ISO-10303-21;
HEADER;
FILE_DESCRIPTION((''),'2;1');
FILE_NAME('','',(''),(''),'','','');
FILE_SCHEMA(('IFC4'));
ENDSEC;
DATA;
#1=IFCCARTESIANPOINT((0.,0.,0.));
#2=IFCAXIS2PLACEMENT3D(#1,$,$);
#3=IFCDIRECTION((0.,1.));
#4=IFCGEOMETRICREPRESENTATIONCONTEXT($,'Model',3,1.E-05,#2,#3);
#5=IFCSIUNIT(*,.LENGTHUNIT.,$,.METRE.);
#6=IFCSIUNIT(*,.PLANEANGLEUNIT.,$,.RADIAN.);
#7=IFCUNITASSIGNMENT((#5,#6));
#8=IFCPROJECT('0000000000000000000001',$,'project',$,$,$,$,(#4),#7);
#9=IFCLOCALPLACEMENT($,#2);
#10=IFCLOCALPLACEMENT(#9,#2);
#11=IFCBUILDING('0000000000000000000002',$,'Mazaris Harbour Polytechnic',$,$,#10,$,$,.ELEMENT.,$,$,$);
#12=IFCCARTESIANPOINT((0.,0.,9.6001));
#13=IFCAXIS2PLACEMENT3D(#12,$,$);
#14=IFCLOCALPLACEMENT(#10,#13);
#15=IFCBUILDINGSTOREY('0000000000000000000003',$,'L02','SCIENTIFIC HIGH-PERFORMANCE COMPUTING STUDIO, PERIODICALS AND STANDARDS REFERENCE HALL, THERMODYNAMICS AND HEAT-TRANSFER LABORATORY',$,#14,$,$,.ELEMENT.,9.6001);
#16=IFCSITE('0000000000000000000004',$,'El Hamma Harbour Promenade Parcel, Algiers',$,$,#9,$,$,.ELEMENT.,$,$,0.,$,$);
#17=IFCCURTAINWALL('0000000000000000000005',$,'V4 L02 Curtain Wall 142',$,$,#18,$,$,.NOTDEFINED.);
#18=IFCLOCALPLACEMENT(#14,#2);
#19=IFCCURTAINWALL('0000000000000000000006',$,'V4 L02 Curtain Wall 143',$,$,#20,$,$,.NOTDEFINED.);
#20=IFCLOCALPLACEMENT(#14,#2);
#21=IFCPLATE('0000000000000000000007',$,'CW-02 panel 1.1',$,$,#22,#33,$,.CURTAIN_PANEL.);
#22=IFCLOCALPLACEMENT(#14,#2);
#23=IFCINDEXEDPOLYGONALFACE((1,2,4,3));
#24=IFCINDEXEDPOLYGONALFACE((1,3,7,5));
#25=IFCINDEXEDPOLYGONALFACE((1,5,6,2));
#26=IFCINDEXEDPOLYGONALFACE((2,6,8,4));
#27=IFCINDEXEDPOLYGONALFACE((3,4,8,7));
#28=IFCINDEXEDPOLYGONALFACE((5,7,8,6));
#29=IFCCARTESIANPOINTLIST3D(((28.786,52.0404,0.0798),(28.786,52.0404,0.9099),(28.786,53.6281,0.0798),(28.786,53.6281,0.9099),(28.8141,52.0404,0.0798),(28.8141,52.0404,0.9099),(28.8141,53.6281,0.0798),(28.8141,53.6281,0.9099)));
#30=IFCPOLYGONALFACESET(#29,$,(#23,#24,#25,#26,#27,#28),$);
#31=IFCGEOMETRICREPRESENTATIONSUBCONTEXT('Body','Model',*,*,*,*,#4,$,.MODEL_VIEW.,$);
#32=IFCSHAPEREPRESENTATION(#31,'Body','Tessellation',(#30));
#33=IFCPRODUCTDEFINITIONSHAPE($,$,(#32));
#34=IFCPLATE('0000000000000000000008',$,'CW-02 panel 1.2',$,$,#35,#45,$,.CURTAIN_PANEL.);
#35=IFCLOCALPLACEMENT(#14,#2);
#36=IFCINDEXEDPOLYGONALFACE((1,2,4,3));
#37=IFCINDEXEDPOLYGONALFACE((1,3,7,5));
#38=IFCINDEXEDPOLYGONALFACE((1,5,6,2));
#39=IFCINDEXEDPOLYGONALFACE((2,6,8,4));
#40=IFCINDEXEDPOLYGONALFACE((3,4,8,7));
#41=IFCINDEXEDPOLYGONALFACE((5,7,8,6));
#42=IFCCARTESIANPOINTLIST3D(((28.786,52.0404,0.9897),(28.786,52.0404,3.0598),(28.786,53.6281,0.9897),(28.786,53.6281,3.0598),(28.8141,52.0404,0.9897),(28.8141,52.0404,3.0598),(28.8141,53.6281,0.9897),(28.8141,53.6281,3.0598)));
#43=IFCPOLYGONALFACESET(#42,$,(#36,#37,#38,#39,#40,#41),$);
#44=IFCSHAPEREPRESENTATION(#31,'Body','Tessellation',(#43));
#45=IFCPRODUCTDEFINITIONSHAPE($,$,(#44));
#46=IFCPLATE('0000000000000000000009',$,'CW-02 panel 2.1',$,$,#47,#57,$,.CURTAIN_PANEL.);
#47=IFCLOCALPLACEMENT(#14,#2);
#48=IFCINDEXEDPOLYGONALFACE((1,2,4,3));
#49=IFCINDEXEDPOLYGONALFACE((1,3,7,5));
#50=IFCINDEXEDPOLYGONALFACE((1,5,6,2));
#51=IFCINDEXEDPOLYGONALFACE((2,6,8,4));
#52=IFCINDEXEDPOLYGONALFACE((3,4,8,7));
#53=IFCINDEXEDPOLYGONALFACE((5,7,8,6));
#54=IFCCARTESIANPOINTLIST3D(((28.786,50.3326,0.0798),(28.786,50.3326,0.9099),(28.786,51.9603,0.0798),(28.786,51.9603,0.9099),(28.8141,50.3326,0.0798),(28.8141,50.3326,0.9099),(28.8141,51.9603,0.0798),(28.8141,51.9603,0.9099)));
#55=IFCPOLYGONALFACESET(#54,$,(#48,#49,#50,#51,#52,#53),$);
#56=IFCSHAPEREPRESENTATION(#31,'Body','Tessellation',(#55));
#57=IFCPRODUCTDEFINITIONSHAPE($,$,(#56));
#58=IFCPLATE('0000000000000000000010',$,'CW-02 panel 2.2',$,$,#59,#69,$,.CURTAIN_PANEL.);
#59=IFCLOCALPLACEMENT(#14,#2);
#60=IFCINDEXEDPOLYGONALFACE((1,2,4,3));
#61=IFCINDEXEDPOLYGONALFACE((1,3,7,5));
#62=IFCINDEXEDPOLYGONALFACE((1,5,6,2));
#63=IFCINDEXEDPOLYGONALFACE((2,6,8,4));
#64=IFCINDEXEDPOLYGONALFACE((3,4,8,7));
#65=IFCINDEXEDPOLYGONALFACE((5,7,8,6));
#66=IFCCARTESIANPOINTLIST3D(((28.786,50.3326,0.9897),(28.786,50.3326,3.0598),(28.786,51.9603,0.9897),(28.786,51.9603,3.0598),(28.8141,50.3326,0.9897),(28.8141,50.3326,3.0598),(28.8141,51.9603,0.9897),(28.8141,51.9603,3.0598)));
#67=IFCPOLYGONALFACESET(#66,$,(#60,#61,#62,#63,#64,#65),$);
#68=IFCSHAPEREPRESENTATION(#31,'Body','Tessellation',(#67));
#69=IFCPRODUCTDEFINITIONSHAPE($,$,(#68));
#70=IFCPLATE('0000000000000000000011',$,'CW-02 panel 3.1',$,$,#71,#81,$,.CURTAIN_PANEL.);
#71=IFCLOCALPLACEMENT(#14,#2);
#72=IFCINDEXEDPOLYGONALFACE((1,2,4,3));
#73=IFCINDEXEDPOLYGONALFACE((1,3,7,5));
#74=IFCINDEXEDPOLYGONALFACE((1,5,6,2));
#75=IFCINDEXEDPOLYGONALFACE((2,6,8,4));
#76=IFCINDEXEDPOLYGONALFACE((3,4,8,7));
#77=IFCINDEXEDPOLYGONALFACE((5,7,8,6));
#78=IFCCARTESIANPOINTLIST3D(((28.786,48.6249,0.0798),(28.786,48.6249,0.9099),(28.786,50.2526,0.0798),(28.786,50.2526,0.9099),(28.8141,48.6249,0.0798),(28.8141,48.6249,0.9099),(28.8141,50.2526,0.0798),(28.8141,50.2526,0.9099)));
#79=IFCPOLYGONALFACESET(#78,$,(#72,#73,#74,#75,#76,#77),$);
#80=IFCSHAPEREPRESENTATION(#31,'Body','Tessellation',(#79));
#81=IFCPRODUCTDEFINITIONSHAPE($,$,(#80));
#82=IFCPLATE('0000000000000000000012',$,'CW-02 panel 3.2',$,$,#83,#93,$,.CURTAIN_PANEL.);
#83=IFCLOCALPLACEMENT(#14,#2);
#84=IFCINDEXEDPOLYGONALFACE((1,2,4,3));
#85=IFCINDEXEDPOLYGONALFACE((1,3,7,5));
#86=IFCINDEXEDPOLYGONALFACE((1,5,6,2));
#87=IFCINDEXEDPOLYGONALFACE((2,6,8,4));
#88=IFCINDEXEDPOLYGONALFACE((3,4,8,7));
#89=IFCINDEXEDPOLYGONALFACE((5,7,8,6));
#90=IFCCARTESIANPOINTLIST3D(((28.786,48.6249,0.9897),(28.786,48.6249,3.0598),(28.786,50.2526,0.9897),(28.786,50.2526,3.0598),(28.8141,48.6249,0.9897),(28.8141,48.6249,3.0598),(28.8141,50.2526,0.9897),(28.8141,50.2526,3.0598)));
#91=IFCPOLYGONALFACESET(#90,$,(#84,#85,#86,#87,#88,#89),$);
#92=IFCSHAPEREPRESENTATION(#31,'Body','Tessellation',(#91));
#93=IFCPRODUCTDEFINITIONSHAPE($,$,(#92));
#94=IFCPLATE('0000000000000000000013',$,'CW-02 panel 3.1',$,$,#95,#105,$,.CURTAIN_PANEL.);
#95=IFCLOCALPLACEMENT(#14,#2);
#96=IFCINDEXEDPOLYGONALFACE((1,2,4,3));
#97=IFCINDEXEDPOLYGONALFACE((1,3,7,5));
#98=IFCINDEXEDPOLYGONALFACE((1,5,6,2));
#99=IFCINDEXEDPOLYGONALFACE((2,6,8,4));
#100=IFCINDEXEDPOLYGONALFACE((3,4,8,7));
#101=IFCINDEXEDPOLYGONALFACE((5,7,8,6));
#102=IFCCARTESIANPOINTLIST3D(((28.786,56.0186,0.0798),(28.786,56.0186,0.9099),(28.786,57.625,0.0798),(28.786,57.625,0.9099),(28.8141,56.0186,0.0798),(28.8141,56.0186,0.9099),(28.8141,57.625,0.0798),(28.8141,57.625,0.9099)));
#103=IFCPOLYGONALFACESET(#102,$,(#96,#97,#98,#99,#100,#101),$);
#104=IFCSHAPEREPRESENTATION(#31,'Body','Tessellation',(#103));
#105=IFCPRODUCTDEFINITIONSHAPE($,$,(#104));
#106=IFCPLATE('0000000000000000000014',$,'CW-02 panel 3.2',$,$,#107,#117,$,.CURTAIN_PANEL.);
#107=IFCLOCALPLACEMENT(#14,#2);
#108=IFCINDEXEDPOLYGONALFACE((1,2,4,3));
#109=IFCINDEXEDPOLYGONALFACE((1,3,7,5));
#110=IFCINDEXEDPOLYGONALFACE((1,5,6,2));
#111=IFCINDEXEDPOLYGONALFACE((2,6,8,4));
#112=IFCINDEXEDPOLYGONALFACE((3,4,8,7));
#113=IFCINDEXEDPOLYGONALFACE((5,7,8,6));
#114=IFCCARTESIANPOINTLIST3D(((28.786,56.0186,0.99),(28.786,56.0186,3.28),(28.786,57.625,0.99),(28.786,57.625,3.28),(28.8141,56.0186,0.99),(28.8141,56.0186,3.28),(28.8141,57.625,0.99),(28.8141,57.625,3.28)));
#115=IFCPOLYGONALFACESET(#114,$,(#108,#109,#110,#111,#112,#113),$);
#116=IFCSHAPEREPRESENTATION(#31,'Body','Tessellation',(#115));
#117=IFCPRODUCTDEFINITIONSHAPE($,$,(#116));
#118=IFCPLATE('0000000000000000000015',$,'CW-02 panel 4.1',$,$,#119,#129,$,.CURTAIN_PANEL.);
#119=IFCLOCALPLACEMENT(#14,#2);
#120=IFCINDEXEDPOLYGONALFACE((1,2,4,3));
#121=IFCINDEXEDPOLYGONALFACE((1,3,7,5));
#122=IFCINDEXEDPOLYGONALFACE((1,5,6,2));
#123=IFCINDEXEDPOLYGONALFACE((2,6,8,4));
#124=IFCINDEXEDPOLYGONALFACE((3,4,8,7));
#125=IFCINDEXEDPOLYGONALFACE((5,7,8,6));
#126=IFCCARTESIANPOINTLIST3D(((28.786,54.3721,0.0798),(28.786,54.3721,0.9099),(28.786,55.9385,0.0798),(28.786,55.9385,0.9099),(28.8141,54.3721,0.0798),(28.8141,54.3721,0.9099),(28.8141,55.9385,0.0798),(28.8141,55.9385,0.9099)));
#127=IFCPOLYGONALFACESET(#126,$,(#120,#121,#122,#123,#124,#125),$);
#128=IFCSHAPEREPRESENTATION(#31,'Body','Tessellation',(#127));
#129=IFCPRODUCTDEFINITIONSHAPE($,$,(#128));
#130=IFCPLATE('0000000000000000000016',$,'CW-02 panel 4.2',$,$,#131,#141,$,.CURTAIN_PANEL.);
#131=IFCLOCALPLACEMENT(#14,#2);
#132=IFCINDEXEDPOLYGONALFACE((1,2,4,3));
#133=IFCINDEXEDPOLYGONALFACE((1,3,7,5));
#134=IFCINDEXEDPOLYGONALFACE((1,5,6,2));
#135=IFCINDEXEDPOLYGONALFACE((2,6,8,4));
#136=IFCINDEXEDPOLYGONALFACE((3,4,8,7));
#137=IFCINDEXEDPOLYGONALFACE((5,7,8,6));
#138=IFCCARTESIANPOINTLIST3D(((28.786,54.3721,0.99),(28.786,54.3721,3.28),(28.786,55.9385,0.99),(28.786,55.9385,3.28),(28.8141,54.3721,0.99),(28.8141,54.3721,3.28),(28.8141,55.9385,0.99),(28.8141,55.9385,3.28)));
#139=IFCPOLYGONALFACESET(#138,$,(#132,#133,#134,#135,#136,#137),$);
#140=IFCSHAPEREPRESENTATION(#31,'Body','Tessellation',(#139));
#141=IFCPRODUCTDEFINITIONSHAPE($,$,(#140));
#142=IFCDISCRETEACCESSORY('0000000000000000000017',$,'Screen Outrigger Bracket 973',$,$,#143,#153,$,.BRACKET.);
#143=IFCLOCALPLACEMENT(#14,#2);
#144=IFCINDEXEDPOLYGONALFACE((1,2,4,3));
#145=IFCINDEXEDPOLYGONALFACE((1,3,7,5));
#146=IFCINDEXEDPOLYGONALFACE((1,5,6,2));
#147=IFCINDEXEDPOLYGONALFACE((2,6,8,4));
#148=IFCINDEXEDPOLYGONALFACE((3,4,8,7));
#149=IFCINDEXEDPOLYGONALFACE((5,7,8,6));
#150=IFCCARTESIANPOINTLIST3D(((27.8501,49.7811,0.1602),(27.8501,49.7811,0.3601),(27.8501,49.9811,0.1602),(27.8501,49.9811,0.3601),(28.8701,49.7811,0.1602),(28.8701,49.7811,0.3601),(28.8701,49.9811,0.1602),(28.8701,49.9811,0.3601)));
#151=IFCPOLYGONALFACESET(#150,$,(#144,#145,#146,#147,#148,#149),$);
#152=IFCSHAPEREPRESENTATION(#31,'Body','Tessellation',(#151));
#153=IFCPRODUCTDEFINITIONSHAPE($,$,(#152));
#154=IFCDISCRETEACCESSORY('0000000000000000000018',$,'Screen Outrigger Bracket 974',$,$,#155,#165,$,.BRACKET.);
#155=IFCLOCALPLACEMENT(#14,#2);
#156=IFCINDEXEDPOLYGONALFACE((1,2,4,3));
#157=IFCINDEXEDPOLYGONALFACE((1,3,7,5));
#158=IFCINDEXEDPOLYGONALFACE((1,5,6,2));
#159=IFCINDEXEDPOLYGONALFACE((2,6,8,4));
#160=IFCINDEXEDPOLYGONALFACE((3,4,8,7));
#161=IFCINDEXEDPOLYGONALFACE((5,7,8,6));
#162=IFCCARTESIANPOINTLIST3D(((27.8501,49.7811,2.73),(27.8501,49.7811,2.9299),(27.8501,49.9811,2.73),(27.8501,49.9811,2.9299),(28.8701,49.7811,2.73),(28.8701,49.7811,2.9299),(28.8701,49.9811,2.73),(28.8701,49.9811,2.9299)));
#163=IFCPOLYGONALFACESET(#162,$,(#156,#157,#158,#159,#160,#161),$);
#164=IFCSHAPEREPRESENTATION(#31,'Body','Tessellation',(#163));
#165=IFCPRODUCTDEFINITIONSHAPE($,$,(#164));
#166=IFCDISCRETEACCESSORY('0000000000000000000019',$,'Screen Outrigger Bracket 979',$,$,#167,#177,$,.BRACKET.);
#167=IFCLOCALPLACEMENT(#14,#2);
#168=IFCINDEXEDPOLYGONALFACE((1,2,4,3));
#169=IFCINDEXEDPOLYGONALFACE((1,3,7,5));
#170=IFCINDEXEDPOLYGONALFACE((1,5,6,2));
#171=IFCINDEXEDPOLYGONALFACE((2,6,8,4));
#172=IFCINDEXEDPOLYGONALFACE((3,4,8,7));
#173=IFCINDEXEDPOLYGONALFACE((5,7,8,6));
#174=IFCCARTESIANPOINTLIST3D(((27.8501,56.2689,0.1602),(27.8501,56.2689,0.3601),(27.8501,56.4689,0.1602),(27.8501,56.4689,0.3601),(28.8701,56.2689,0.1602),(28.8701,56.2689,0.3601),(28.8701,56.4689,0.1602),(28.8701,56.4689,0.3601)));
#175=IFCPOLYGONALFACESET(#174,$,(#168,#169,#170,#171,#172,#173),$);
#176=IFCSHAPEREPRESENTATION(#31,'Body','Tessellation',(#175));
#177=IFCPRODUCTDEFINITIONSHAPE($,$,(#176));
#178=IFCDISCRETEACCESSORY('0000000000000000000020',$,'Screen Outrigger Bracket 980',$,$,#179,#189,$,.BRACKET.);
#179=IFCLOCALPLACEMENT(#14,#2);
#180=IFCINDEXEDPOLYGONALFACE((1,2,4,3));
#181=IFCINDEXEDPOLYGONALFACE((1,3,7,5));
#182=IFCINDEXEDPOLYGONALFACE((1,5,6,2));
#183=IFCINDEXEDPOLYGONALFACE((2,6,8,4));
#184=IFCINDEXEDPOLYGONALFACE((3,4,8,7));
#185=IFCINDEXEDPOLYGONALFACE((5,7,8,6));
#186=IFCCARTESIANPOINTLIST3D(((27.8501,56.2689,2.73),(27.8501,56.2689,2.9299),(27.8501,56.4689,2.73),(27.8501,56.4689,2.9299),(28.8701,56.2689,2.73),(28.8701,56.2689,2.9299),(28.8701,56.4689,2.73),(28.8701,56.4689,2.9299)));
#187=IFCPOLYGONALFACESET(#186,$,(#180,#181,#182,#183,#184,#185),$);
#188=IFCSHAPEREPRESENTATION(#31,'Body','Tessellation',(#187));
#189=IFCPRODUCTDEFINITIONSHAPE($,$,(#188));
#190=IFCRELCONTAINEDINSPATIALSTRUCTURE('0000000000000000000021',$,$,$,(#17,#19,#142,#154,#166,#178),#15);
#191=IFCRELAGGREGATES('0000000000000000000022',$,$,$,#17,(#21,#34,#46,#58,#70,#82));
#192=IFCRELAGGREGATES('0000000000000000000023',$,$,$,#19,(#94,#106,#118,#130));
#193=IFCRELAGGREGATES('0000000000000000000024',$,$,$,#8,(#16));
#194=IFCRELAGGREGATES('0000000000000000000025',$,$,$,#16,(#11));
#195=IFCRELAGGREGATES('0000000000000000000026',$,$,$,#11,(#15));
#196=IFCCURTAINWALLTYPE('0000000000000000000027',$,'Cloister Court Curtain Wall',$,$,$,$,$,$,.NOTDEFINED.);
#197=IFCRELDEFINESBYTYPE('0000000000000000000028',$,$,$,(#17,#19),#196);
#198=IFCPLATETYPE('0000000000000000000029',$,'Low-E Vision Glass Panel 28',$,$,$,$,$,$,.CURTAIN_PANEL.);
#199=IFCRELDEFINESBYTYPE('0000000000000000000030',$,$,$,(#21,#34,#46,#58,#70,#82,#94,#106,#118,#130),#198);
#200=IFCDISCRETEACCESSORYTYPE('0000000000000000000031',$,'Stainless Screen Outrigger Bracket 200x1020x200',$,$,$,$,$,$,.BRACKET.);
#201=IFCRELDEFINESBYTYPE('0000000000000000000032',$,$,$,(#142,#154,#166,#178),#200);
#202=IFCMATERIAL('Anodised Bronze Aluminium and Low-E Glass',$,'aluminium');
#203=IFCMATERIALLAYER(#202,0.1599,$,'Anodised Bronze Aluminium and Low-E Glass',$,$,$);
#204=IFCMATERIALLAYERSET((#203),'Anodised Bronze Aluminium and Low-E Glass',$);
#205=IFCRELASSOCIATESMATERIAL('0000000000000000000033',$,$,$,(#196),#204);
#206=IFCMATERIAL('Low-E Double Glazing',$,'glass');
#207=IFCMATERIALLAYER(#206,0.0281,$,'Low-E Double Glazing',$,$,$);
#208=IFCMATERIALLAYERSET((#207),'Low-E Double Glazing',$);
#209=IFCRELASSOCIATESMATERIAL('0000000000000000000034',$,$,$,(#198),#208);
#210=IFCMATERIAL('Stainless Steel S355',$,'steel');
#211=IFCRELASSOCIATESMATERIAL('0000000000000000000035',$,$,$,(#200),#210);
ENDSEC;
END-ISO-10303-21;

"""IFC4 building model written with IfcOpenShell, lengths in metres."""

from ifc_helpers import new_model, si_unit, direction, frame, origin, origin_2d, place, context, subcontext, project, spatial, rectangle, extrude, material, layer, layer_set, type_object, element, aggregate, save


model = new_model("IFC4")

# Units and contexts
model_context = context("Model", 3, precision=1e-05, world=origin(), true_north=direction((0.0, 1.0)))
body_context = subcontext(model_context, "Body", "Model", "MODEL_VIEW")
ifc_project = project(units=[si_unit("LENGTHUNIT", "METRE"), si_unit("PLANEANGLEUNIT", "RADIAN")], contexts=[model_context])

# Site, building, storey
site_placement = place(None, origin())
site = spatial("IfcSite", under=ifc_project, at=site_placement, Name="El Hamma Harbour Promenade Parcel, Algiers", CompositionType="ELEMENT", RefElevation=0.0)
building_placement = place(site_placement, origin())
building = spatial("IfcBuilding", under=site, at=building_placement, Name="Mazaris Harbour Polytechnic", CompositionType="ELEMENT")
storey_placement = place(building_placement, frame((0.0, 0.0, 9.6001)))
storey = spatial("IfcBuildingStorey", under=building, at=storey_placement, Name="L02", Description="SCIENTIFIC HIGH-PERFORMANCE COMPUTING STUDIO, PERIODICALS AND STANDARDS REFERENCE HALL, THERMODYNAMICS AND HEAT-TRANSFER LABORATORY", CompositionType="ELEMENT", Elevation=9.6001)

# Curtain walls
ifc_material_1 = material(Name="Anodised Bronze Aluminium and Low-E Glass", Category="aluminium")
ifc_layer_1 = layer(ifc_material_1, 0.1599, Name="Anodised Bronze Aluminium and Low-E Glass")
ifc_layer_set_1 = layer_set([ifc_layer_1], Name="Anodised Bronze Aluminium and Low-E Glass")
curtain_wall_type = type_object("IfcCurtainWallType", Name="Cloister Court Curtain Wall", PredefinedType="NOTDEFINED", material=ifc_layer_set_1)
curtain_wall_1_placement = place(storey_placement, origin())
curtain_wall_1 = element("IfcCurtainWall", 1, at=curtain_wall_1_placement, inside=storey, type_object=curtain_wall_type, Name="V4 L02 Curtain Wall 142", PredefinedType="NOTDEFINED")
curtain_wall_2_placement = place(storey_placement, origin())
curtain_wall_2 = element("IfcCurtainWall", 2, at=curtain_wall_2_placement, inside=storey, type_object=curtain_wall_type, Name="V4 L02 Curtain Wall 143", PredefinedType="NOTDEFINED")

# Plates
ifc_material_2 = material(Name="Low-E Double Glazing", Category="glass")
ifc_layer_2 = layer(ifc_material_2, 0.0281, Name="Low-E Double Glazing")
ifc_layer_set_2 = layer_set([ifc_layer_2], Name="Low-E Double Glazing")
plate_type = type_object("IfcPlateType", Name="Low-E Vision Glass Panel 28", PredefinedType="CURTAIN_PANEL", material=ifc_layer_set_2)
plate_1_placement = place(storey_placement, frame((28.8, 52.8342, 0.0798), z_axis=(0.0, 0.0, 1.0), x_axis=(0.0, -1.0, 0.0)))
plate_1 = element("IfcPlate", 3, at=plate_1_placement, type_object=plate_type, Name="CW-02 panel 1.1", PredefinedType="CURTAIN_PANEL", context=body_context, shape_type="SweptSolid", body=[
    extrude(rectangle(XDim=1.5876, YDim=0.0281, at=origin_2d()), origin(), (0.0, 0.0, 1.0), 0.8301),
])
plate_2_placement = place(storey_placement, frame((28.8, 52.8342, 0.9897), z_axis=(0.0, 0.0, 1.0), x_axis=(0.0, -1.0, 0.0)))
plate_2 = element("IfcPlate", 4, at=plate_2_placement, type_object=plate_type, Name="CW-02 panel 1.2", PredefinedType="CURTAIN_PANEL", context=body_context, shape_type="SweptSolid", body=[
    extrude(rectangle(XDim=1.5876, YDim=0.0281, at=origin_2d()), origin(), (0.0, 0.0, 1.0), 2.0701),
])
plate_3_placement = place(storey_placement, frame((28.8, 51.1465, 0.0798), z_axis=(0.0, 0.0, 1.0), x_axis=(0.0, -1.0, 0.0)))
plate_3 = element("IfcPlate", 5, at=plate_3_placement, type_object=plate_type, Name="CW-02 panel 2.1", PredefinedType="CURTAIN_PANEL", context=body_context, shape_type="SweptSolid", body=[
    extrude(rectangle(XDim=1.6277, YDim=0.0281, at=origin_2d()), origin(), (0.0, 0.0, 1.0), 0.8301),
])
plate_4_placement = place(storey_placement, frame((28.8, 51.1465, 0.9897), z_axis=(0.0, 0.0, 1.0), x_axis=(0.0, -1.0, 0.0)))
plate_4 = element("IfcPlate", 6, at=plate_4_placement, type_object=plate_type, Name="CW-02 panel 2.2", PredefinedType="CURTAIN_PANEL", context=body_context, shape_type="SweptSolid", body=[
    extrude(rectangle(XDim=1.6277, YDim=0.0281, at=origin_2d()), origin(), (0.0, 0.0, 1.0), 2.0701),
])
plate_5_placement = place(storey_placement, frame((28.8, 49.4387, 0.0798), z_axis=(0.0, 0.0, 1.0), x_axis=(0.0, -1.0, 0.0)))
plate_5 = element("IfcPlate", 7, at=plate_5_placement, type_object=plate_type, Name="CW-02 panel 3.1", PredefinedType="CURTAIN_PANEL", context=body_context, shape_type="SweptSolid", body=[
    extrude(rectangle(XDim=1.6277, YDim=0.0281, at=origin_2d()), origin(), (0.0, 0.0, 1.0), 0.8301),
])
plate_6_placement = place(storey_placement, frame((28.8, 49.4387, 0.9897), z_axis=(0.0, 0.0, 1.0), x_axis=(0.0, -1.0, 0.0)))
plate_6 = element("IfcPlate", 8, at=plate_6_placement, type_object=plate_type, Name="CW-02 panel 3.2", PredefinedType="CURTAIN_PANEL", context=body_context, shape_type="SweptSolid", body=[
    extrude(rectangle(XDim=1.6277, YDim=0.0281, at=origin_2d()), origin(), (0.0, 0.0, 1.0), 2.0701),
])
aggregate(curtain_wall_1, [plate_1, plate_2, plate_3, plate_4, plate_5, plate_6])
plate_7_placement = place(storey_placement, frame((28.8, 56.8218, 0.0798), z_axis=(0.0, 0.0, 1.0), x_axis=(0.0, -1.0, 0.0)))
plate_7 = element("IfcPlate", 9, at=plate_7_placement, type_object=plate_type, Name="CW-02 panel 3.1", PredefinedType="CURTAIN_PANEL", context=body_context, shape_type="SweptSolid", body=[
    extrude(rectangle(XDim=1.6064, YDim=0.0281, at=origin_2d()), origin(), (0.0, 0.0, 1.0), 0.8301),
])
plate_8_placement = place(storey_placement, frame((28.8, 56.8218, 0.99), z_axis=(0.0, 0.0, 1.0), x_axis=(0.0, -1.0, 0.0)))
plate_8 = element("IfcPlate", 10, at=plate_8_placement, type_object=plate_type, Name="CW-02 panel 3.2", PredefinedType="CURTAIN_PANEL", context=body_context, shape_type="SweptSolid", body=[
    extrude(rectangle(XDim=1.6064, YDim=0.0281, at=origin_2d()), origin(), (0.0, 0.0, 1.0), 2.29),
])
plate_9_placement = place(storey_placement, frame((28.8, 55.1553, 0.0798), z_axis=(0.0, 0.0, 1.0), x_axis=(0.0, -1.0, 0.0)))
plate_9 = element("IfcPlate", 11, at=plate_9_placement, type_object=plate_type, Name="CW-02 panel 4.1", PredefinedType="CURTAIN_PANEL", context=body_context, shape_type="SweptSolid", body=[
    extrude(rectangle(XDim=1.5664, YDim=0.0281, at=origin_2d()), origin(), (0.0, 0.0, 1.0), 0.8301),
])
plate_10_placement = place(storey_placement, frame((28.8, 55.1553, 0.99), z_axis=(0.0, 0.0, 1.0), x_axis=(0.0, -1.0, 0.0)))
plate_10 = element("IfcPlate", 12, at=plate_10_placement, type_object=plate_type, Name="CW-02 panel 4.2", PredefinedType="CURTAIN_PANEL", context=body_context, shape_type="SweptSolid", body=[
    extrude(rectangle(XDim=1.5664, YDim=0.0281, at=origin_2d()), origin(), (0.0, 0.0, 1.0), 2.29),
])
aggregate(curtain_wall_2, [plate_7, plate_8, plate_9, plate_10])

# Discrete accessories
ifc_material_3 = material(Name="Stainless Steel S355", Category="steel")
discrete_accessory_type = type_object("IfcDiscreteAccessoryType", Name="Stainless Screen Outrigger Bracket 200x1020x200", PredefinedType="BRACKET", material=ifc_material_3)
for number, where, z_axis, x_axis, name in (
    (13, (28.3601, 49.8811, 0.1602), (0.0, 0.0, 1.0), (0.0, -1.0, 0.0), "Screen Outrigger Bracket 973"),
    (14, (28.3601, 49.8811, 2.73), (0.0, 0.0, 1.0), (0.0, -1.0, 0.0), "Screen Outrigger Bracket 974"),
    (15, (28.3601, 56.3689, 0.1602), (0.0, 0.0, 1.0), (0.0, -1.0, 0.0), "Screen Outrigger Bracket 979"),
    (16, (28.3601, 56.3689, 2.73), (0.0, 0.0, 1.0), (0.0, -1.0, 0.0), "Screen Outrigger Bracket 980"),
):
    element("IfcDiscreteAccessory", number, at=place(storey_placement, frame(where, z_axis=z_axis, x_axis=x_axis)), inside=storey, type_object=discrete_accessory_type, Name=name, PredefinedType="BRACKET", context=body_context, shape_type="SweptSolid", body=[
        extrude(rectangle(XDim=0.2, YDim=1.02, at=origin_2d()), origin(), (0.0, 0.0, 1.0), 0.2),
    ])

save(model, "model.ifc")
